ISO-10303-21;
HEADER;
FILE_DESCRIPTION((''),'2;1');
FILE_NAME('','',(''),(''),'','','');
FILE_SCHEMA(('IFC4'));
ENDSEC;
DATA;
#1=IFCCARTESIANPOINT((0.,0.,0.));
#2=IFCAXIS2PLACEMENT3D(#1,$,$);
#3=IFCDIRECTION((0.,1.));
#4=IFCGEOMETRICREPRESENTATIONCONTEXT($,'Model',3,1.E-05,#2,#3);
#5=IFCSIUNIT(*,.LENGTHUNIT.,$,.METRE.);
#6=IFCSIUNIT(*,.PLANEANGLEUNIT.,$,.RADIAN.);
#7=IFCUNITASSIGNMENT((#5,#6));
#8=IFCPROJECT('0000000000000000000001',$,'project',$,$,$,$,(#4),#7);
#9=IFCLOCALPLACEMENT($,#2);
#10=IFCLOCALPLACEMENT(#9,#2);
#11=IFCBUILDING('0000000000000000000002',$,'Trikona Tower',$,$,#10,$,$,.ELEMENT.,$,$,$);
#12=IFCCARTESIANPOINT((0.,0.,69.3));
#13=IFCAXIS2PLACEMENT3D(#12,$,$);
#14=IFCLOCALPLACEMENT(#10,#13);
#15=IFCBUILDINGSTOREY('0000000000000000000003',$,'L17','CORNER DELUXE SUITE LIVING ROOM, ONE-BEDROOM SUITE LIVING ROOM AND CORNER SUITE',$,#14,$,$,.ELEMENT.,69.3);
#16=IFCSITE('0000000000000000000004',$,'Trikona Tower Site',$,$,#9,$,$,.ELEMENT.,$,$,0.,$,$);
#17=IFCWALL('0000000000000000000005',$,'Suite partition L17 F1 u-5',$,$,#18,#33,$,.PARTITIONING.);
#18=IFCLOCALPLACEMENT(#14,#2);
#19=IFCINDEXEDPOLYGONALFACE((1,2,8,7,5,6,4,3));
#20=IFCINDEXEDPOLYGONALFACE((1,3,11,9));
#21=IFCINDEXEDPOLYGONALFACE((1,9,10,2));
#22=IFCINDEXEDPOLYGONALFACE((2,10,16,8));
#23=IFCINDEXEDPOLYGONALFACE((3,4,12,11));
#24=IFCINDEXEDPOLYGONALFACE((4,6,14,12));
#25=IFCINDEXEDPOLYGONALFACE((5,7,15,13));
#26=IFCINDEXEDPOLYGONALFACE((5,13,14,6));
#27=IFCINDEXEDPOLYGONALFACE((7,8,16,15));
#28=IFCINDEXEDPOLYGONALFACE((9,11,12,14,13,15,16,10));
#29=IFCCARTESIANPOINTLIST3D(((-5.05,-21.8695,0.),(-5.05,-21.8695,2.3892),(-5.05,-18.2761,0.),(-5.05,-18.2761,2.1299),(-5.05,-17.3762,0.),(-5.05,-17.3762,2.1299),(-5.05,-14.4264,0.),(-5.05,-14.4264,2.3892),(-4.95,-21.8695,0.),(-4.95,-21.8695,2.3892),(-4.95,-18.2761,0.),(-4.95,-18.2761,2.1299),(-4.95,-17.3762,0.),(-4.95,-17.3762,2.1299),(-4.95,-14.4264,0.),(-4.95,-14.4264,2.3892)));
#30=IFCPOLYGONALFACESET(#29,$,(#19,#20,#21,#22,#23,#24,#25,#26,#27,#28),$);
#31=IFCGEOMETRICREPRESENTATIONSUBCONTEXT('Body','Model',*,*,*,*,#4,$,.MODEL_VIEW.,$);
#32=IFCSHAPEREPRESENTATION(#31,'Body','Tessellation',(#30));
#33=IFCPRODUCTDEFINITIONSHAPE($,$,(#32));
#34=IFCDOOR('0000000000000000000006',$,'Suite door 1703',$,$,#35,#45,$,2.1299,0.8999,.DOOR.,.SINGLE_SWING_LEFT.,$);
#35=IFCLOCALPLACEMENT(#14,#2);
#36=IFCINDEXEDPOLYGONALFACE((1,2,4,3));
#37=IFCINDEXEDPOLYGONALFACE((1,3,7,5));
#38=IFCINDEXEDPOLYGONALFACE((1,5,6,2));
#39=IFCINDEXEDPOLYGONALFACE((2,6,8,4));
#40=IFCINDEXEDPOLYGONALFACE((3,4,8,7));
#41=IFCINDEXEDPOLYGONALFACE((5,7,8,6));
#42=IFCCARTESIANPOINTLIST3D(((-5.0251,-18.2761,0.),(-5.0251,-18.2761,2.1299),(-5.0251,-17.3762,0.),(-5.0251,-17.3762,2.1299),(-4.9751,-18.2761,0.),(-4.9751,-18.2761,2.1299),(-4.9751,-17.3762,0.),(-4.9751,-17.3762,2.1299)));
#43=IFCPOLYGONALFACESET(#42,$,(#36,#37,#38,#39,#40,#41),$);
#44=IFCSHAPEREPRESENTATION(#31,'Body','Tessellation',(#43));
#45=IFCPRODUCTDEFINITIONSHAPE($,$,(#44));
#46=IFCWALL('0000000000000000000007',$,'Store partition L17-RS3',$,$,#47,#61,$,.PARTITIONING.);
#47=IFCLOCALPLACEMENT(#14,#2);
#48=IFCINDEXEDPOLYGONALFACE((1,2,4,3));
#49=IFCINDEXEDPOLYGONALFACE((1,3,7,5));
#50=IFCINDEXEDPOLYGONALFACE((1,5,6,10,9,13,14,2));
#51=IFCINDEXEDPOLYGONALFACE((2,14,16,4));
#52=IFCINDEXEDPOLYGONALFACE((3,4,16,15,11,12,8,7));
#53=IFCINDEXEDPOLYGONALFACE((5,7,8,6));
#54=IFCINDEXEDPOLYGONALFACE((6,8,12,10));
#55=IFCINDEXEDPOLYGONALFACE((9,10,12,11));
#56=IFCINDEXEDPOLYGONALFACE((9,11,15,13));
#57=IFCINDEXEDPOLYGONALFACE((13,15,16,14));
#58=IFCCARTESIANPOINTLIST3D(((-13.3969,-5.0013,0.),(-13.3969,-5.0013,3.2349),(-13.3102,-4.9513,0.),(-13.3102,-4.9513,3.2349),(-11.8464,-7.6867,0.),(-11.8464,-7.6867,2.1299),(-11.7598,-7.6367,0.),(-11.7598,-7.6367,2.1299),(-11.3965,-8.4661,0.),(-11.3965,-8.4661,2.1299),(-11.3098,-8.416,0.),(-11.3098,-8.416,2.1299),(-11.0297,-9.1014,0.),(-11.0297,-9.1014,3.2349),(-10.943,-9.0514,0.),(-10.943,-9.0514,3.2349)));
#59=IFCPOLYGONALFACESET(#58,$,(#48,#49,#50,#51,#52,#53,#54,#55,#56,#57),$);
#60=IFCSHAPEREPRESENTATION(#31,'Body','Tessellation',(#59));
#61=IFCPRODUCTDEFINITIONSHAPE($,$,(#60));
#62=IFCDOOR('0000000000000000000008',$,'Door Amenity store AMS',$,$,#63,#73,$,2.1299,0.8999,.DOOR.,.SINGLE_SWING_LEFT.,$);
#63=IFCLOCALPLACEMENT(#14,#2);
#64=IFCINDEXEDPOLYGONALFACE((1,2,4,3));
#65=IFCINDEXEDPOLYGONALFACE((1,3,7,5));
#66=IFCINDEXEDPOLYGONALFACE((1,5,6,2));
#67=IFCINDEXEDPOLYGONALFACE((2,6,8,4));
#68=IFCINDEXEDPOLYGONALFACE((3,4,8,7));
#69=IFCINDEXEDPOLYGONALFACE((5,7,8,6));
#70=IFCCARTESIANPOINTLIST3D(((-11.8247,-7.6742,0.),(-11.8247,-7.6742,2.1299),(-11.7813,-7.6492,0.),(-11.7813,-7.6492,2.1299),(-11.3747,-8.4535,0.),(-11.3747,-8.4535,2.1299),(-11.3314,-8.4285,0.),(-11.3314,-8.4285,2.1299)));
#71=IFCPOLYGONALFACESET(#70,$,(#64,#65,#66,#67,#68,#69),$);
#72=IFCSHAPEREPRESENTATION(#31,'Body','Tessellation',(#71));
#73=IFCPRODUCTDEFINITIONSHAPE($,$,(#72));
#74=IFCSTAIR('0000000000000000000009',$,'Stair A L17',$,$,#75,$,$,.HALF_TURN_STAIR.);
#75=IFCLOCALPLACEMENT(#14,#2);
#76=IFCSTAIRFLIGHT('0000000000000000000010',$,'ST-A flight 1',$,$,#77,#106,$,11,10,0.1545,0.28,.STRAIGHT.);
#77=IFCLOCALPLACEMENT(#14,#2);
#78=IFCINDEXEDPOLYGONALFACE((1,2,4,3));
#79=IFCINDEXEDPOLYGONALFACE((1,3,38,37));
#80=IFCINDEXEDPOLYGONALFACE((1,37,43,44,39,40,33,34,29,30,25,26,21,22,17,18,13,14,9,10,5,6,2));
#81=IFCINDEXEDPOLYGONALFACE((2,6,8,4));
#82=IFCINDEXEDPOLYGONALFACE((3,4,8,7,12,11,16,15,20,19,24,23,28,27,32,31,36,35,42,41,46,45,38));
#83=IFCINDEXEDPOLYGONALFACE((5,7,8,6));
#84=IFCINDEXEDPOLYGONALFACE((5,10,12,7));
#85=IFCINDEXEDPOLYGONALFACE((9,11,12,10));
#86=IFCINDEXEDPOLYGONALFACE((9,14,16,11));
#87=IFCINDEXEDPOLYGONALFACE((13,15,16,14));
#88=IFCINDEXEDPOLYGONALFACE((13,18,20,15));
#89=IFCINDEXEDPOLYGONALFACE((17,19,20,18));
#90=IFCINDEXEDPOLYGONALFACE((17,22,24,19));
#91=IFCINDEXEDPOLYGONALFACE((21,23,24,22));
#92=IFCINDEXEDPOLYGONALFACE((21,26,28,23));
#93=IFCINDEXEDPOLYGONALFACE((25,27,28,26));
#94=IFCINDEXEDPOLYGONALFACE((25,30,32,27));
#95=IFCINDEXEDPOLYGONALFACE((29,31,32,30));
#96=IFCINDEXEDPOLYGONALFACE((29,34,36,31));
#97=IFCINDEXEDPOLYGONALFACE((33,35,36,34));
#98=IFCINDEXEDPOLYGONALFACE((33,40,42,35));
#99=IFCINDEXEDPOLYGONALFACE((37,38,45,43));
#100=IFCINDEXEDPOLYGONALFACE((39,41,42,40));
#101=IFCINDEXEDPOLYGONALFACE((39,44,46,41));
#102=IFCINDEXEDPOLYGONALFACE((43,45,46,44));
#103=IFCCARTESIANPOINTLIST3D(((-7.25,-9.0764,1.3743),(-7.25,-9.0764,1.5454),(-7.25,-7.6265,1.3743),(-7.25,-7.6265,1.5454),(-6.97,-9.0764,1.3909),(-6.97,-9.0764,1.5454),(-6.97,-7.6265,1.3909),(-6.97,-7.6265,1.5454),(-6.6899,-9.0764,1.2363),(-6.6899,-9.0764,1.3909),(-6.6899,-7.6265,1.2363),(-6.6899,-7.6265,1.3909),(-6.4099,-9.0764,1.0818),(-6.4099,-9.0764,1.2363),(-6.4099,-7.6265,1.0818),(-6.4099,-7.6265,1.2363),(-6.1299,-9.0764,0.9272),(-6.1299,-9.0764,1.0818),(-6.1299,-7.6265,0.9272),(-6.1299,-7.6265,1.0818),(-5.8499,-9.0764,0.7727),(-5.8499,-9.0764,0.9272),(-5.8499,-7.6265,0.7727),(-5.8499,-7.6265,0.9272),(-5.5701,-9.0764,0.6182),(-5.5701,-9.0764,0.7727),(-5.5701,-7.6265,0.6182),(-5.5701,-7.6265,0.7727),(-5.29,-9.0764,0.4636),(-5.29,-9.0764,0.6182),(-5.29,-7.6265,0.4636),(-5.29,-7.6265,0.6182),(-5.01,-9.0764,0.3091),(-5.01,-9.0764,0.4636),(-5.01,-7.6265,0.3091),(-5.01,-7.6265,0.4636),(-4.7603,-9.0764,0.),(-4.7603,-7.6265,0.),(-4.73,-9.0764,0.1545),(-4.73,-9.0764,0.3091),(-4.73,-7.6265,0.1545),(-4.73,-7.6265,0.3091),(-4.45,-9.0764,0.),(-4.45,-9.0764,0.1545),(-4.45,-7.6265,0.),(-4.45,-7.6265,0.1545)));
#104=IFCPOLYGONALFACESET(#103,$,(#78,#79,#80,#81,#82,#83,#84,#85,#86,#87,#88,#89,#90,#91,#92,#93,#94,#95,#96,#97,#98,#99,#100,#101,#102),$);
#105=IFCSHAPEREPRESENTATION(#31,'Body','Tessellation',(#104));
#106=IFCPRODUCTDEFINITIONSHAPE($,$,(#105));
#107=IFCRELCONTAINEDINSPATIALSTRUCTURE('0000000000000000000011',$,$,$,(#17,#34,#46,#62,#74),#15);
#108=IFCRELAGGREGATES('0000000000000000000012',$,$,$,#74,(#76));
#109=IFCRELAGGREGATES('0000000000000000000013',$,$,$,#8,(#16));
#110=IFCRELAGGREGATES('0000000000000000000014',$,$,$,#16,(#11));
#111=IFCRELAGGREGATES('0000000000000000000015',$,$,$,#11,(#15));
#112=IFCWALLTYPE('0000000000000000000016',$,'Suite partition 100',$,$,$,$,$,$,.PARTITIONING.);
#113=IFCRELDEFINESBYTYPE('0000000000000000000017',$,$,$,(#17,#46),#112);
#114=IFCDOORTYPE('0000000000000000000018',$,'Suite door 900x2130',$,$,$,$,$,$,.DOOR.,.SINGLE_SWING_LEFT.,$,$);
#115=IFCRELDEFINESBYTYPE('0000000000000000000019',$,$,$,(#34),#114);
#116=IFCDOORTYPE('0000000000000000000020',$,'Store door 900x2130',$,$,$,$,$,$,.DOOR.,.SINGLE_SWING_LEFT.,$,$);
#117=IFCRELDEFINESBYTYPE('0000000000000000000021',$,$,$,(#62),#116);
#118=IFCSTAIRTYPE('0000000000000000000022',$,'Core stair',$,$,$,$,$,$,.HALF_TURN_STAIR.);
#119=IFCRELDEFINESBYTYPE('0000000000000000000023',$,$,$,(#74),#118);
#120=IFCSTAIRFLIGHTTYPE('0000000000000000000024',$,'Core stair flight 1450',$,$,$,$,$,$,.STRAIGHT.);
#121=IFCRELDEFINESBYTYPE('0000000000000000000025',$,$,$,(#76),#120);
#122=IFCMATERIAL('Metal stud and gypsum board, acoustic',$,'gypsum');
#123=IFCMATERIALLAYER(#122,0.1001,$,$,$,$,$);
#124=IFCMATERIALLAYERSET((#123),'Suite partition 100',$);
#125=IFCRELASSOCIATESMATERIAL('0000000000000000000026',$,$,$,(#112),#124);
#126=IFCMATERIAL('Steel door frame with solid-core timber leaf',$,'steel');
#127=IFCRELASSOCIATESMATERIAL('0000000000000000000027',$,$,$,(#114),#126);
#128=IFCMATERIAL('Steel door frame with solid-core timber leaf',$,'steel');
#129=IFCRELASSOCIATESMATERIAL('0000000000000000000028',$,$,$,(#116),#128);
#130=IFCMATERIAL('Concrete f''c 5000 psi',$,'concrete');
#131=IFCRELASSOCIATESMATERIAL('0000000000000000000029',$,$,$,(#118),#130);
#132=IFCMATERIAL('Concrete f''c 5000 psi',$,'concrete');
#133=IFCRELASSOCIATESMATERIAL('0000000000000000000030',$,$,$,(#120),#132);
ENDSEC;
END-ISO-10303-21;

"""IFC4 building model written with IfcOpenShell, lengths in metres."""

from ifc_helpers import new_model, si_unit, direction, frame, frame_2d, origin, place, context, subcontext, project, spatial, polyline, rectangle, outline, extrude, material, layer, layer_set, type_object, element, fill, aggregate, save


model = new_model("IFC4")

# Units and contexts
model_context = context("Model", 3, precision=1e-05, world=origin(), true_north=direction((0.0, 1.0)))
body_context = subcontext(model_context, "Body", "Model", "MODEL_VIEW")
ifc_project = project(units=[si_unit("LENGTHUNIT", "METRE"), si_unit("PLANEANGLEUNIT", "RADIAN")], contexts=[model_context])

# Site, building, storey
site_placement = place(None, origin())
site = spatial("IfcSite", under=ifc_project, at=site_placement, Name="Trikona Tower Site", CompositionType="ELEMENT", RefElevation=0.0)
building_placement = place(site_placement, origin())
building = spatial("IfcBuilding", under=site, at=building_placement, Name="Trikona Tower", CompositionType="ELEMENT")
storey_placement = place(building_placement, frame((0.0, 0.0, 69.3)))
storey = spatial("IfcBuildingStorey", under=building, at=storey_placement, Name="L17", Description="CORNER DELUXE SUITE LIVING ROOM, ONE-BEDROOM SUITE LIVING ROOM AND CORNER SUITE", CompositionType="ELEMENT", Elevation=69.3)

# Walls, openings, doors
ifc_material_1 = material(Name="Metal stud and gypsum board, acoustic", Category="gypsum")
ifc_layer_1 = layer(ifc_material_1, 0.1001)
ifc_layer_set_1 = layer_set([ifc_layer_1], Name="Suite partition 100")
wall_type_1 = type_object("IfcWallType", Name="Suite partition 100", PredefinedType="PARTITIONING", material=ifc_layer_set_1)
wall_1_placement = place(storey_placement, frame((-5.0, -14.4263, 0.0), z_axis=(0.0, 0.0, 1.0), x_axis=(0.0, -1.0, 0.0)))
wall_1 = element("IfcWall", 1, at=wall_1_placement, inside=storey, type_object=wall_type_1, Name="Suite partition L17 F1 u-5", PredefinedType="PARTITIONING", context=body_context, shape_type="SweptSolid", body=[
    extrude(rectangle(XDim=7.4431, YDim=0.1001, at=frame_2d((3.7217, 0.0))), origin(), (0.0, 0.0, 1.0), 2.3892),
])
opening_1_placement = place(wall_1_placement, frame((2.95, 0.0, 0.0)))
opening_1 = element("IfcOpeningElement", 2, at=opening_1_placement, cuts=wall_1, PredefinedType="OPENING", context=body_context, shape_type="SweptSolid", body=[
    extrude(rectangle(XDim=0.8999, YDim=2.1299, at=frame_2d((0.45, 1.0649))), frame((0.0, 0.0601, 0.0), z_axis=(0.0, -1.0, 0.0), x_axis=(1.0, 0.0, 0.0)), (0.0, 0.0, 1.0), 0.1201),
])
ifc_material_2 = material(Name="Steel door frame with solid-core timber leaf", Category="steel")
door_type_1 = type_object("IfcDoorType", Name="Suite door 900x2130", OperationType="SINGLE_SWING_LEFT", PredefinedType="DOOR", material=ifc_material_2)
door_1_placement = place(opening_1_placement, origin())
door_1 = element("IfcDoor", 3, at=door_1_placement, inside=storey, type_object=door_type_1, Name="Suite door 1703", OperationType="SINGLE_SWING_LEFT", OverallHeight=2.1299, OverallWidth=0.8999, PredefinedType="DOOR", context=body_context, shape_type="SweptSolid", body=[
    extrude(rectangle(XDim=0.8999, YDim=2.1299, at=frame_2d((0.45, 1.0649))), frame((0.0, 0.0249, 0.0), z_axis=(0.0, -1.0, 0.0), x_axis=(1.0, 0.0, 0.0)), (0.0, 0.0, 1.0), 0.05),
])
fill(opening_1, door_1)
wall_2_placement = place(storey_placement, frame((-10.9863, -9.0764, 0.0), z_axis=(0.0, 0.0, 1.0), x_axis=(-0.499999, 0.866026, 0.0)))
wall_2 = element("IfcWall", 4, at=wall_2_placement, inside=storey, type_object=wall_type_1, Name="Store partition L17-RS3", PredefinedType="PARTITIONING", context=body_context, shape_type="SweptSolid", body=[
    extrude(rectangle(XDim=4.7344, YDim=0.1001, at=frame_2d((2.3672, 0.0))), origin(), (0.0, 0.0, 1.0), 3.2349),
])
opening_2_placement = place(wall_2_placement, frame((0.7336, 0.0, 0.0)))
opening_2 = element("IfcOpeningElement", 5, at=opening_2_placement, cuts=wall_2, PredefinedType="OPENING", context=body_context, shape_type="SweptSolid", body=[
    extrude(rectangle(XDim=0.8999, YDim=2.1299, at=frame_2d((0.45, 1.0649))), frame((0.0, 0.0601, 0.0), z_axis=(0.0, -1.0, 0.0), x_axis=(1.0, 0.0, 0.0)), (0.0, 0.0, 1.0), 0.1201),
])
ifc_material_3 = material(Name="Steel door frame with solid-core timber leaf", Category="steel")
door_type_2 = type_object("IfcDoorType", Name="Store door 900x2130", OperationType="SINGLE_SWING_LEFT", PredefinedType="DOOR", material=ifc_material_3)
door_2_placement = place(opening_2_placement, origin())
door_2 = element("IfcDoor", 6, at=door_2_placement, inside=storey, type_object=door_type_2, Name="Door Amenity store AMS", OperationType="SINGLE_SWING_LEFT", OverallHeight=2.1299, OverallWidth=0.8999, PredefinedType="DOOR", context=body_context, shape_type="SweptSolid", body=[
    extrude(rectangle(XDim=0.8999, YDim=2.1299, at=frame_2d((0.45, 1.0649))), frame((0.0, 0.0249, 0.0), z_axis=(0.0, -1.0, 0.0), x_axis=(1.0, 0.0, 0.0)), (0.0, 0.0, 1.0), 0.05),
])
fill(opening_2, door_2)

# Stair, stair flight
ifc_material_4 = material(Name="Concrete f'c 5000 psi", Category="concrete")
stair_type = type_object("IfcStairType", Name="Core stair", PredefinedType="HALF_TURN_STAIR", material=ifc_material_4)
stair_placement = place(storey_placement, origin())
stair = element("IfcStair", 7, at=stair_placement, inside=storey, type_object=stair_type, Name="Stair A L17", PredefinedType="HALF_TURN_STAIR")
ifc_material_5 = material(Name="Concrete f'c 5000 psi", Category="concrete")
stair_flight_type = type_object("IfcStairFlightType", Name="Core stair flight 1450", PredefinedType="STRAIGHT", material=ifc_material_5)
stair_flight_placement = place(storey_placement, frame((-4.45, -8.3513, 0.0), z_axis=(0.0, 0.0, 1.0), x_axis=(-1.0, 0.0, 0.0)))
stair_flight = element("IfcStairFlight", 8, at=stair_flight_placement, type_object=stair_flight_type, Name="ST-A flight 1", NumberOfRisers=11, NumberOfTreads=10, PredefinedType="STRAIGHT", RiserHeight=0.1545, TreadLength=0.28, context=body_context, shape_type="SweptSolid", body=[
    extrude(outline(polyline([(0.0, 0.0), (0.0, 0.1545), (0.28, 0.1545), (0.28, 0.3091), (0.5601, 0.3091), (0.5601, 0.4636), (0.8401, 0.4636), (0.8401, 0.6182), (1.1201, 0.6182), (1.1201, 0.7727), (1.3999, 0.7727), (1.3999, 0.9272), (1.6799, 0.9272), (1.6799, 1.0818), (1.96, 1.0818), (1.96, 1.2363), (2.24, 1.2363), (2.24, 1.3909), (2.52, 1.3909), (2.52, 1.5454), (2.8, 1.5454), (2.8, 1.7), (2.8, 1.3743), (0.3103, 0.0), (0.0, 0.0)])), frame((0.0, 0.7251, 0.0), z_axis=(0.0, -1.0, 0.0), x_axis=(1.0, 0.0, 0.0)), (0.0, 0.0, 1.0), 1.45),
])
aggregate(stair, [stair_flight])

save(model, "model.ifc")
